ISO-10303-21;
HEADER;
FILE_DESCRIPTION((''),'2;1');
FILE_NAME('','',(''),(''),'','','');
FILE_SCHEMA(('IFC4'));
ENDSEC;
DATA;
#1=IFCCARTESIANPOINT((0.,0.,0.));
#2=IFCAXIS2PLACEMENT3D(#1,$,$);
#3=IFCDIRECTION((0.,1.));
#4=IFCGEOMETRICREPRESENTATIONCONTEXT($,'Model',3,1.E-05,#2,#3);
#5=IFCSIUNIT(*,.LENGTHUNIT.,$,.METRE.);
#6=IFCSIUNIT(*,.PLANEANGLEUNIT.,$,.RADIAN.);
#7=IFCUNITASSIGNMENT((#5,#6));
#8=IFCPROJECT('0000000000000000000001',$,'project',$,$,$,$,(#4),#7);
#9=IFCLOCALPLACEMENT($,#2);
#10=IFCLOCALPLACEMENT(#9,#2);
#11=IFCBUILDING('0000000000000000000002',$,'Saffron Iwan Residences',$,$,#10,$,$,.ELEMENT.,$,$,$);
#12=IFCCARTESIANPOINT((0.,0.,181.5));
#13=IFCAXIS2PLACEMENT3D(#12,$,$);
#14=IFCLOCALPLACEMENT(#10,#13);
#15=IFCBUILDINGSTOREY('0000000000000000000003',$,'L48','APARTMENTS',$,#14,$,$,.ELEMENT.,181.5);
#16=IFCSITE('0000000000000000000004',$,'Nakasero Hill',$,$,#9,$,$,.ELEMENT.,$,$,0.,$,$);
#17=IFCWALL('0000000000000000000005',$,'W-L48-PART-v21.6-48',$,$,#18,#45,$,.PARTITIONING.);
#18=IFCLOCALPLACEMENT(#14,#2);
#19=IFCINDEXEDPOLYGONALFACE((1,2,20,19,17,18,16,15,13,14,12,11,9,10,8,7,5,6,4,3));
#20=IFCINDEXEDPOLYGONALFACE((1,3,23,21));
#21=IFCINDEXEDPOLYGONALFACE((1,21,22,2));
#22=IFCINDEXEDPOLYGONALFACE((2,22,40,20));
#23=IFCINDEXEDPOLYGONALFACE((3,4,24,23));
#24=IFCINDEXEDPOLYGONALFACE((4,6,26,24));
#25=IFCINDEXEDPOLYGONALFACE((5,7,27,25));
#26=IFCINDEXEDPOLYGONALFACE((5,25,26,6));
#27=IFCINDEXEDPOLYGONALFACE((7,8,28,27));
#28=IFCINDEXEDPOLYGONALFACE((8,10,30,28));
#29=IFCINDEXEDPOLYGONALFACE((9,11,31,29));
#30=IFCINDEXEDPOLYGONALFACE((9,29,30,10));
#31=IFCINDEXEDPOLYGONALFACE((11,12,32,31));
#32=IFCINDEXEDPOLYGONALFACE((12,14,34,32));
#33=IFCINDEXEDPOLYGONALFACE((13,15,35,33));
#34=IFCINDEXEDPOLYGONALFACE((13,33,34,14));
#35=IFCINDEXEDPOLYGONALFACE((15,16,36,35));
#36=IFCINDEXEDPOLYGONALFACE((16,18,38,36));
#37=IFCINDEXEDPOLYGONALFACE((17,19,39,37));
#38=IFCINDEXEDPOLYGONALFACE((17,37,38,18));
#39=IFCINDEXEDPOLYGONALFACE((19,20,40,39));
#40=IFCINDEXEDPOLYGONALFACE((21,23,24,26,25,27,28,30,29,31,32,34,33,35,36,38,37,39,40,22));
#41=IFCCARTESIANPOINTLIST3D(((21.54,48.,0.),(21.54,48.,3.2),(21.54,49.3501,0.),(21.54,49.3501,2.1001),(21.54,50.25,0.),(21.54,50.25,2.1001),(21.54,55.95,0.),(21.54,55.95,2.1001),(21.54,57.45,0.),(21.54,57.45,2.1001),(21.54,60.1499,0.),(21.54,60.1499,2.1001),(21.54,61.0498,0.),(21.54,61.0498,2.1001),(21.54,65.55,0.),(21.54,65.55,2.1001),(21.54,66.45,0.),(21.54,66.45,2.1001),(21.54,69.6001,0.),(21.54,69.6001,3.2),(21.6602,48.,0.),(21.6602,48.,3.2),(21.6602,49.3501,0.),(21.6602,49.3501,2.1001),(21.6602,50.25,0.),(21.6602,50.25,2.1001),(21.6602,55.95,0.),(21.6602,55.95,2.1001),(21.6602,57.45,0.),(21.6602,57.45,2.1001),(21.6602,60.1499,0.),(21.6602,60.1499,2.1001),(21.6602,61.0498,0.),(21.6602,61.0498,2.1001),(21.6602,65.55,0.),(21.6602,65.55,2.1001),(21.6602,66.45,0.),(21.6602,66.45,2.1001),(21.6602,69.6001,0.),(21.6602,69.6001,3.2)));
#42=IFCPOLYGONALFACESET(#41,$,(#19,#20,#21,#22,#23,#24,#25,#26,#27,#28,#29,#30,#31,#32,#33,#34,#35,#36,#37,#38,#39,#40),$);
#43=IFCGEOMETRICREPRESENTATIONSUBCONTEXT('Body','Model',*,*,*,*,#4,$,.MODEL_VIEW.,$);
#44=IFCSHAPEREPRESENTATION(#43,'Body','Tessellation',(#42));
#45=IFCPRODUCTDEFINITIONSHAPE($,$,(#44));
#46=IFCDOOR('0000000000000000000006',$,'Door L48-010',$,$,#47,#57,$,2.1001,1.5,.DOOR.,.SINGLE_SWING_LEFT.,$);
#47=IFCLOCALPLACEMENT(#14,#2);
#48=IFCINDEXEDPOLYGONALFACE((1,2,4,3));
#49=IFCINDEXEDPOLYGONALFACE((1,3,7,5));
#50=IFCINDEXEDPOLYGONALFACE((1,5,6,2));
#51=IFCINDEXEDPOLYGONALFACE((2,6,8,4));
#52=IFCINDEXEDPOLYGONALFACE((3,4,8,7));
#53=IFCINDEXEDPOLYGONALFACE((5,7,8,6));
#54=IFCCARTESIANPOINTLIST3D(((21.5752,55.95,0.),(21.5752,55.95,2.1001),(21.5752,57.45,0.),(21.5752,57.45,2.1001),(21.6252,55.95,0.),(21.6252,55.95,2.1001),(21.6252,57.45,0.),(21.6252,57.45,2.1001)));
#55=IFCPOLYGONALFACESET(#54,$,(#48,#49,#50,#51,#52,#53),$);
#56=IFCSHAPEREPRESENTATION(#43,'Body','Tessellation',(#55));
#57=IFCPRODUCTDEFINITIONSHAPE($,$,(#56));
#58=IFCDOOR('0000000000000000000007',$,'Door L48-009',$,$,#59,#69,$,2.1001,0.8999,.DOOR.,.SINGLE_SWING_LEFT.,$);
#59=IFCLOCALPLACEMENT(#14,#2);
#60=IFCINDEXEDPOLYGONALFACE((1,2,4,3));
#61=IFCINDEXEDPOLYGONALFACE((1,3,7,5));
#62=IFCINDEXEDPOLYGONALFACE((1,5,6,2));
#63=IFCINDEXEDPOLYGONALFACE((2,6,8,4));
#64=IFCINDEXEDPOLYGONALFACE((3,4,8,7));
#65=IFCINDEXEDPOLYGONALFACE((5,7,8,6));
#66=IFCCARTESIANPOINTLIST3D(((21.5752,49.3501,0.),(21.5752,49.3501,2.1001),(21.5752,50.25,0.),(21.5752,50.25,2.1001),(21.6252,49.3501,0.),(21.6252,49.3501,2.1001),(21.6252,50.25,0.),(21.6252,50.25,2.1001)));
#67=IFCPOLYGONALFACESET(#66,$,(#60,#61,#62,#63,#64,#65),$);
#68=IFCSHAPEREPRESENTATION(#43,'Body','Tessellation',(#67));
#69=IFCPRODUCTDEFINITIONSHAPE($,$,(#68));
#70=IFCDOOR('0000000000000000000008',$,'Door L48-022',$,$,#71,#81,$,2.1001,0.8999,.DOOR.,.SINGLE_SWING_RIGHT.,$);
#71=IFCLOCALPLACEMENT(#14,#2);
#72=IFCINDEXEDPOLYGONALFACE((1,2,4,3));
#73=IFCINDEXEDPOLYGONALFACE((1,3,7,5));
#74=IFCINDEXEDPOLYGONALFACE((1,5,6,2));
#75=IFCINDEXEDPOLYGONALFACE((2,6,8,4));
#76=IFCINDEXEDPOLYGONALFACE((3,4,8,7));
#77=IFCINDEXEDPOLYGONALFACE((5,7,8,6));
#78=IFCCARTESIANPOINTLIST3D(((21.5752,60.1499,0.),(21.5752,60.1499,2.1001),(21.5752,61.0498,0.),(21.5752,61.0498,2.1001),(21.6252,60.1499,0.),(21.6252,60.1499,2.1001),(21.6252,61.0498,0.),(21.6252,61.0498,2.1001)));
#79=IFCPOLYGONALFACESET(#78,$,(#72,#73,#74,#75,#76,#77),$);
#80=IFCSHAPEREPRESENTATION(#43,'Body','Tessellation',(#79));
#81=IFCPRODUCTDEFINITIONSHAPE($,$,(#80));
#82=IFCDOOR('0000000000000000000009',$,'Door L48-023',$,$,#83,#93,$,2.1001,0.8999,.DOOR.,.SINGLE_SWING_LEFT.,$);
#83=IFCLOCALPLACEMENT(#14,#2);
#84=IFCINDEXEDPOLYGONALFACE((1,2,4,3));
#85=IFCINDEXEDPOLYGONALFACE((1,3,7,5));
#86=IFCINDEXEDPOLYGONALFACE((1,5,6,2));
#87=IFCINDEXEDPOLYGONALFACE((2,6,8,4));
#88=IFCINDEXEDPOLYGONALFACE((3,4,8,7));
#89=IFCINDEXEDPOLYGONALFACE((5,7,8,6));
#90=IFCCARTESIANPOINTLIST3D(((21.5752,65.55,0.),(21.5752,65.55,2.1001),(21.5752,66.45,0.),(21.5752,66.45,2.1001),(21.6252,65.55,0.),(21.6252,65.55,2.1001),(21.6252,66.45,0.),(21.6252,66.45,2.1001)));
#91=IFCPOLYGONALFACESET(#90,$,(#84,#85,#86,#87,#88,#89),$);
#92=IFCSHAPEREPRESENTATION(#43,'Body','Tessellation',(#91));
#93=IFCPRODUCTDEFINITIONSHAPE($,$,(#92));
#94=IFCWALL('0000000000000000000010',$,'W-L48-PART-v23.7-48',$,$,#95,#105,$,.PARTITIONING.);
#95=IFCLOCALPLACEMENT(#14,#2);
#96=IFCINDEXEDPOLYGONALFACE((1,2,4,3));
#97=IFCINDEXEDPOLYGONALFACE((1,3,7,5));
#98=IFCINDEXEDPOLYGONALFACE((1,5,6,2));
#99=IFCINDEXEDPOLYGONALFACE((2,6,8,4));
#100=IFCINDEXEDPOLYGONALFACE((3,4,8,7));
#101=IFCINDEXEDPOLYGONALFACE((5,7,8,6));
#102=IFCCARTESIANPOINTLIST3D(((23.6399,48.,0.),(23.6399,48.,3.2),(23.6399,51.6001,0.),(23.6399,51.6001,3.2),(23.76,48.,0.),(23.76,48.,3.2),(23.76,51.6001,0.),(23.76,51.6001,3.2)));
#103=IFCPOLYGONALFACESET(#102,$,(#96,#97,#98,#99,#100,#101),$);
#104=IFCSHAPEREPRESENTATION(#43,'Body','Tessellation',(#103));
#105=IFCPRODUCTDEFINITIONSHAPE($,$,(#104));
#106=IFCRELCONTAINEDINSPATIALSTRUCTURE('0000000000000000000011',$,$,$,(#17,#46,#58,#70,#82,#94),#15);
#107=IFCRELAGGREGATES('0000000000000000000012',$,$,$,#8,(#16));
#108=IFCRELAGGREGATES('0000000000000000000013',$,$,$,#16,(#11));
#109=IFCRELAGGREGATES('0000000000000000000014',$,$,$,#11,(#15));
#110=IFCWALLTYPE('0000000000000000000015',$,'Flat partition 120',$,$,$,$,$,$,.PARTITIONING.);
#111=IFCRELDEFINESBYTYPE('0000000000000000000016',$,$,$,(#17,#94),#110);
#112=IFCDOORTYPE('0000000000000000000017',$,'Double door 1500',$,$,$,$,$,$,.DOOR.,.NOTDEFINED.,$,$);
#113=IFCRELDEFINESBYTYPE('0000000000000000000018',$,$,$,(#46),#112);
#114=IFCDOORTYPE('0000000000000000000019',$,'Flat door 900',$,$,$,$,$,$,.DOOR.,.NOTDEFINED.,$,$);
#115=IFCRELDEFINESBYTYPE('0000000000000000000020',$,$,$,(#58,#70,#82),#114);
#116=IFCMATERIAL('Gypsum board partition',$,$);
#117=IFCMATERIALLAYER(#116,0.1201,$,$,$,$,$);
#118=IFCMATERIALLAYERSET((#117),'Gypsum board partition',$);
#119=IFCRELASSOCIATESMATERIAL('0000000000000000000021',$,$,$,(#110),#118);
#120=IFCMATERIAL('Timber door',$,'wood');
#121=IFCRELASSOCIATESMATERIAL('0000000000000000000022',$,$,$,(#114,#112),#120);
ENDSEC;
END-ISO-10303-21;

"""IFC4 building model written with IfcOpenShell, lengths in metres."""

from ifc_helpers import new_model, si_unit, direction, frame, frame_2d, origin, place, context, subcontext, project, spatial, rectangle, extrude, material, layer, layer_set, type_object, element, fill, save


model = new_model("IFC4")

# Units and contexts
model_context = context("Model", 3, precision=1e-05, world=origin(), true_north=direction((0.0, 1.0)))
body_context = subcontext(model_context, "Body", "Model", "MODEL_VIEW")
ifc_project = project(units=[si_unit("LENGTHUNIT", "METRE"), si_unit("PLANEANGLEUNIT", "RADIAN")], contexts=[model_context])

# Site, building, storey
site_placement = place(None, origin())
site = spatial("IfcSite", under=ifc_project, at=site_placement, Name="Nakasero Hill", CompositionType="ELEMENT", RefElevation=0.0)
building_placement = place(site_placement, origin())
building = spatial("IfcBuilding", under=site, at=building_placement, Name="Saffron Iwan Residences", CompositionType="ELEMENT")
storey_placement = place(building_placement, frame((0.0, 0.0, 181.5)))
storey = spatial("IfcBuildingStorey", under=building, at=storey_placement, Name="L48", Description="APARTMENTS", CompositionType="ELEMENT", Elevation=181.5)

# Shared definitions
ifc_material_1 = material(Name="Gypsum board partition")
ifc_layer = layer(ifc_material_1, 0.1201)
ifc_layer_set = layer_set([ifc_layer], Name="Gypsum board partition")
wall_type = type_object("IfcWallType", Name="Flat partition 120", PredefinedType="PARTITIONING", material=ifc_layer_set)
ifc_material_2 = material(Name="Timber door", Category="wood")
door_type_1 = type_object("IfcDoorType", Name="Flat door 900", OperationType="NOTDEFINED", PredefinedType="DOOR", material=ifc_material_2)

# Wall, openings, doors
wall_1_placement = place(storey_placement, frame((21.6001, 48.0, 0.0), z_axis=(0.0, 0.0, 1.0), x_axis=(0.0, 1.0, 0.0)))
wall_1 = element("IfcWall", 1, at=wall_1_placement, inside=storey, type_object=wall_type, Name="W-L48-PART-v21.6-48", PredefinedType="PARTITIONING", context=body_context, shape_type="SweptSolid", body=[
    extrude(rectangle(XDim=21.6001, YDim=0.1201, at=frame_2d((10.8, 0.0))), origin(), (0.0, 0.0, 1.0), 3.2),
])
opening_1_placement = place(wall_1_placement, frame((1.3501, 0.0, 0.0)))
opening_1 = element("IfcOpeningElement", 2, at=opening_1_placement, cuts=wall_1, PredefinedType="OPENING", context=body_context, shape_type="SweptSolid", body=[
    extrude(rectangle(XDim=0.8999, YDim=2.1001, at=frame_2d((0.45, 1.05))), frame((0.0, 0.0701, 0.0), z_axis=(0.0, -1.0, 0.0), x_axis=(1.0, 0.0, 0.0)), (0.0, 0.0, 1.0), 0.1401),
])
opening_2_placement = place(wall_1_placement, frame((7.95, 0.0, 0.0)))
opening_2 = element("IfcOpeningElement", 3, at=opening_2_placement, cuts=wall_1, PredefinedType="OPENING", context=body_context, shape_type="SweptSolid", body=[
    extrude(rectangle(XDim=1.5, YDim=2.1001, at=frame_2d((0.75, 1.05))), frame((0.0, 0.0701, 0.0), z_axis=(0.0, -1.0, 0.0), x_axis=(1.0, 0.0, 0.0)), (0.0, 0.0, 1.0), 0.1401),
])
opening_3_placement = place(wall_1_placement, frame((12.1499, 0.0, 0.0)))
opening_3 = element("IfcOpeningElement", 4, at=opening_3_placement, cuts=wall_1, PredefinedType="OPENING", context=body_context, shape_type="SweptSolid", body=[
    extrude(rectangle(XDim=0.8999, YDim=2.1001, at=frame_2d((0.45, 1.05))), frame((0.0, 0.0701, 0.0), z_axis=(0.0, -1.0, 0.0), x_axis=(1.0, 0.0, 0.0)), (0.0, 0.0, 1.0), 0.1401),
])
opening_4_placement = place(wall_1_placement, frame((17.55, 0.0, 0.0)))
opening_4 = element("IfcOpeningElement", 5, at=opening_4_placement, cuts=wall_1, PredefinedType="OPENING", context=body_context, shape_type="SweptSolid", body=[
    extrude(rectangle(XDim=0.8999, YDim=2.1001, at=frame_2d((0.45, 1.05))), frame((0.0, 0.0701, 0.0), z_axis=(0.0, -1.0, 0.0), x_axis=(1.0, 0.0, 0.0)), (0.0, 0.0, 1.0), 0.1401),
])
door_type_2 = type_object("IfcDoorType", Name="Double door 1500", OperationType="NOTDEFINED", PredefinedType="DOOR", material=ifc_material_2)
door_1_placement = place(opening_2_placement, origin())
door_1 = element("IfcDoor", 6, at=door_1_placement, inside=storey, type_object=door_type_2, Name="Door L48-010", OperationType="SINGLE_SWING_LEFT", OverallHeight=2.1001, OverallWidth=1.5, PredefinedType="DOOR", context=body_context, shape_type="SweptSolid", body=[
    extrude(rectangle(XDim=1.5, YDim=2.1001, at=frame_2d((0.75, 1.05))), frame((0.0, 0.0249, 0.0), z_axis=(0.0, -1.0, 0.0), x_axis=(1.0, 0.0, 0.0)), (0.0, 0.0, 1.0), 0.05),
])
fill(opening_2, door_1)
door_2_placement = place(opening_1_placement, origin())
door_2 = element("IfcDoor", 7, at=door_2_placement, inside=storey, type_object=door_type_1, Name="Door L48-009", OperationType="SINGLE_SWING_LEFT", OverallHeight=2.1001, OverallWidth=0.8999, PredefinedType="DOOR", context=body_context, shape_type="SweptSolid", body=[
    extrude(rectangle(XDim=0.8999, YDim=2.1001, at=frame_2d((0.45, 1.05))), frame((0.0, 0.0249, 0.0), z_axis=(0.0, -1.0, 0.0), x_axis=(1.0, 0.0, 0.0)), (0.0, 0.0, 1.0), 0.05),
])
fill(opening_1, door_2)
door_3_placement = place(opening_3_placement, origin())
door_3 = element("IfcDoor", 8, at=door_3_placement, inside=storey, type_object=door_type_1, Name="Door L48-022", OperationType="SINGLE_SWING_RIGHT", OverallHeight=2.1001, OverallWidth=0.8999, PredefinedType="DOOR", context=body_context, shape_type="SweptSolid", body=[
    extrude(rectangle(XDim=0.8999, YDim=2.1001, at=frame_2d((0.45, 1.05))), frame((0.0, 0.0249, 0.0), z_axis=(0.0, -1.0, 0.0), x_axis=(1.0, 0.0, 0.0)), (0.0, 0.0, 1.0), 0.05),
])
fill(opening_3, door_3)
door_4_placement = place(opening_4_placement, origin())
door_4 = element("IfcDoor", 9, at=door_4_placement, inside=storey, type_object=door_type_1, Name="Door L48-023", OperationType="SINGLE_SWING_LEFT", OverallHeight=2.1001, OverallWidth=0.8999, PredefinedType="DOOR", context=body_context, shape_type="SweptSolid", body=[
    extrude(rectangle(XDim=0.8999, YDim=2.1001, at=frame_2d((0.45, 1.05))), frame((0.0, 0.0249, 0.0), z_axis=(0.0, -1.0, 0.0), x_axis=(1.0, 0.0, 0.0)), (0.0, 0.0, 1.0), 0.05),
])
fill(opening_4, door_4)

# Wall
wall_2_placement = place(storey_placement, frame((23.7, 48.0, 0.0), z_axis=(0.0, 0.0, 1.0), x_axis=(0.0, 1.0, 0.0)))
element("IfcWall", 10, at=wall_2_placement, inside=storey, type_object=wall_type, Name="W-L48-PART-v23.7-48", PredefinedType="PARTITIONING", context=body_context, shape_type="SweptSolid", body=[
    extrude(rectangle(XDim=3.6001, YDim=0.1201, at=frame_2d((1.8, 0.0))), origin(), (0.0, 0.0, 1.0), 3.2),
])

save(model, "model.ifc")
